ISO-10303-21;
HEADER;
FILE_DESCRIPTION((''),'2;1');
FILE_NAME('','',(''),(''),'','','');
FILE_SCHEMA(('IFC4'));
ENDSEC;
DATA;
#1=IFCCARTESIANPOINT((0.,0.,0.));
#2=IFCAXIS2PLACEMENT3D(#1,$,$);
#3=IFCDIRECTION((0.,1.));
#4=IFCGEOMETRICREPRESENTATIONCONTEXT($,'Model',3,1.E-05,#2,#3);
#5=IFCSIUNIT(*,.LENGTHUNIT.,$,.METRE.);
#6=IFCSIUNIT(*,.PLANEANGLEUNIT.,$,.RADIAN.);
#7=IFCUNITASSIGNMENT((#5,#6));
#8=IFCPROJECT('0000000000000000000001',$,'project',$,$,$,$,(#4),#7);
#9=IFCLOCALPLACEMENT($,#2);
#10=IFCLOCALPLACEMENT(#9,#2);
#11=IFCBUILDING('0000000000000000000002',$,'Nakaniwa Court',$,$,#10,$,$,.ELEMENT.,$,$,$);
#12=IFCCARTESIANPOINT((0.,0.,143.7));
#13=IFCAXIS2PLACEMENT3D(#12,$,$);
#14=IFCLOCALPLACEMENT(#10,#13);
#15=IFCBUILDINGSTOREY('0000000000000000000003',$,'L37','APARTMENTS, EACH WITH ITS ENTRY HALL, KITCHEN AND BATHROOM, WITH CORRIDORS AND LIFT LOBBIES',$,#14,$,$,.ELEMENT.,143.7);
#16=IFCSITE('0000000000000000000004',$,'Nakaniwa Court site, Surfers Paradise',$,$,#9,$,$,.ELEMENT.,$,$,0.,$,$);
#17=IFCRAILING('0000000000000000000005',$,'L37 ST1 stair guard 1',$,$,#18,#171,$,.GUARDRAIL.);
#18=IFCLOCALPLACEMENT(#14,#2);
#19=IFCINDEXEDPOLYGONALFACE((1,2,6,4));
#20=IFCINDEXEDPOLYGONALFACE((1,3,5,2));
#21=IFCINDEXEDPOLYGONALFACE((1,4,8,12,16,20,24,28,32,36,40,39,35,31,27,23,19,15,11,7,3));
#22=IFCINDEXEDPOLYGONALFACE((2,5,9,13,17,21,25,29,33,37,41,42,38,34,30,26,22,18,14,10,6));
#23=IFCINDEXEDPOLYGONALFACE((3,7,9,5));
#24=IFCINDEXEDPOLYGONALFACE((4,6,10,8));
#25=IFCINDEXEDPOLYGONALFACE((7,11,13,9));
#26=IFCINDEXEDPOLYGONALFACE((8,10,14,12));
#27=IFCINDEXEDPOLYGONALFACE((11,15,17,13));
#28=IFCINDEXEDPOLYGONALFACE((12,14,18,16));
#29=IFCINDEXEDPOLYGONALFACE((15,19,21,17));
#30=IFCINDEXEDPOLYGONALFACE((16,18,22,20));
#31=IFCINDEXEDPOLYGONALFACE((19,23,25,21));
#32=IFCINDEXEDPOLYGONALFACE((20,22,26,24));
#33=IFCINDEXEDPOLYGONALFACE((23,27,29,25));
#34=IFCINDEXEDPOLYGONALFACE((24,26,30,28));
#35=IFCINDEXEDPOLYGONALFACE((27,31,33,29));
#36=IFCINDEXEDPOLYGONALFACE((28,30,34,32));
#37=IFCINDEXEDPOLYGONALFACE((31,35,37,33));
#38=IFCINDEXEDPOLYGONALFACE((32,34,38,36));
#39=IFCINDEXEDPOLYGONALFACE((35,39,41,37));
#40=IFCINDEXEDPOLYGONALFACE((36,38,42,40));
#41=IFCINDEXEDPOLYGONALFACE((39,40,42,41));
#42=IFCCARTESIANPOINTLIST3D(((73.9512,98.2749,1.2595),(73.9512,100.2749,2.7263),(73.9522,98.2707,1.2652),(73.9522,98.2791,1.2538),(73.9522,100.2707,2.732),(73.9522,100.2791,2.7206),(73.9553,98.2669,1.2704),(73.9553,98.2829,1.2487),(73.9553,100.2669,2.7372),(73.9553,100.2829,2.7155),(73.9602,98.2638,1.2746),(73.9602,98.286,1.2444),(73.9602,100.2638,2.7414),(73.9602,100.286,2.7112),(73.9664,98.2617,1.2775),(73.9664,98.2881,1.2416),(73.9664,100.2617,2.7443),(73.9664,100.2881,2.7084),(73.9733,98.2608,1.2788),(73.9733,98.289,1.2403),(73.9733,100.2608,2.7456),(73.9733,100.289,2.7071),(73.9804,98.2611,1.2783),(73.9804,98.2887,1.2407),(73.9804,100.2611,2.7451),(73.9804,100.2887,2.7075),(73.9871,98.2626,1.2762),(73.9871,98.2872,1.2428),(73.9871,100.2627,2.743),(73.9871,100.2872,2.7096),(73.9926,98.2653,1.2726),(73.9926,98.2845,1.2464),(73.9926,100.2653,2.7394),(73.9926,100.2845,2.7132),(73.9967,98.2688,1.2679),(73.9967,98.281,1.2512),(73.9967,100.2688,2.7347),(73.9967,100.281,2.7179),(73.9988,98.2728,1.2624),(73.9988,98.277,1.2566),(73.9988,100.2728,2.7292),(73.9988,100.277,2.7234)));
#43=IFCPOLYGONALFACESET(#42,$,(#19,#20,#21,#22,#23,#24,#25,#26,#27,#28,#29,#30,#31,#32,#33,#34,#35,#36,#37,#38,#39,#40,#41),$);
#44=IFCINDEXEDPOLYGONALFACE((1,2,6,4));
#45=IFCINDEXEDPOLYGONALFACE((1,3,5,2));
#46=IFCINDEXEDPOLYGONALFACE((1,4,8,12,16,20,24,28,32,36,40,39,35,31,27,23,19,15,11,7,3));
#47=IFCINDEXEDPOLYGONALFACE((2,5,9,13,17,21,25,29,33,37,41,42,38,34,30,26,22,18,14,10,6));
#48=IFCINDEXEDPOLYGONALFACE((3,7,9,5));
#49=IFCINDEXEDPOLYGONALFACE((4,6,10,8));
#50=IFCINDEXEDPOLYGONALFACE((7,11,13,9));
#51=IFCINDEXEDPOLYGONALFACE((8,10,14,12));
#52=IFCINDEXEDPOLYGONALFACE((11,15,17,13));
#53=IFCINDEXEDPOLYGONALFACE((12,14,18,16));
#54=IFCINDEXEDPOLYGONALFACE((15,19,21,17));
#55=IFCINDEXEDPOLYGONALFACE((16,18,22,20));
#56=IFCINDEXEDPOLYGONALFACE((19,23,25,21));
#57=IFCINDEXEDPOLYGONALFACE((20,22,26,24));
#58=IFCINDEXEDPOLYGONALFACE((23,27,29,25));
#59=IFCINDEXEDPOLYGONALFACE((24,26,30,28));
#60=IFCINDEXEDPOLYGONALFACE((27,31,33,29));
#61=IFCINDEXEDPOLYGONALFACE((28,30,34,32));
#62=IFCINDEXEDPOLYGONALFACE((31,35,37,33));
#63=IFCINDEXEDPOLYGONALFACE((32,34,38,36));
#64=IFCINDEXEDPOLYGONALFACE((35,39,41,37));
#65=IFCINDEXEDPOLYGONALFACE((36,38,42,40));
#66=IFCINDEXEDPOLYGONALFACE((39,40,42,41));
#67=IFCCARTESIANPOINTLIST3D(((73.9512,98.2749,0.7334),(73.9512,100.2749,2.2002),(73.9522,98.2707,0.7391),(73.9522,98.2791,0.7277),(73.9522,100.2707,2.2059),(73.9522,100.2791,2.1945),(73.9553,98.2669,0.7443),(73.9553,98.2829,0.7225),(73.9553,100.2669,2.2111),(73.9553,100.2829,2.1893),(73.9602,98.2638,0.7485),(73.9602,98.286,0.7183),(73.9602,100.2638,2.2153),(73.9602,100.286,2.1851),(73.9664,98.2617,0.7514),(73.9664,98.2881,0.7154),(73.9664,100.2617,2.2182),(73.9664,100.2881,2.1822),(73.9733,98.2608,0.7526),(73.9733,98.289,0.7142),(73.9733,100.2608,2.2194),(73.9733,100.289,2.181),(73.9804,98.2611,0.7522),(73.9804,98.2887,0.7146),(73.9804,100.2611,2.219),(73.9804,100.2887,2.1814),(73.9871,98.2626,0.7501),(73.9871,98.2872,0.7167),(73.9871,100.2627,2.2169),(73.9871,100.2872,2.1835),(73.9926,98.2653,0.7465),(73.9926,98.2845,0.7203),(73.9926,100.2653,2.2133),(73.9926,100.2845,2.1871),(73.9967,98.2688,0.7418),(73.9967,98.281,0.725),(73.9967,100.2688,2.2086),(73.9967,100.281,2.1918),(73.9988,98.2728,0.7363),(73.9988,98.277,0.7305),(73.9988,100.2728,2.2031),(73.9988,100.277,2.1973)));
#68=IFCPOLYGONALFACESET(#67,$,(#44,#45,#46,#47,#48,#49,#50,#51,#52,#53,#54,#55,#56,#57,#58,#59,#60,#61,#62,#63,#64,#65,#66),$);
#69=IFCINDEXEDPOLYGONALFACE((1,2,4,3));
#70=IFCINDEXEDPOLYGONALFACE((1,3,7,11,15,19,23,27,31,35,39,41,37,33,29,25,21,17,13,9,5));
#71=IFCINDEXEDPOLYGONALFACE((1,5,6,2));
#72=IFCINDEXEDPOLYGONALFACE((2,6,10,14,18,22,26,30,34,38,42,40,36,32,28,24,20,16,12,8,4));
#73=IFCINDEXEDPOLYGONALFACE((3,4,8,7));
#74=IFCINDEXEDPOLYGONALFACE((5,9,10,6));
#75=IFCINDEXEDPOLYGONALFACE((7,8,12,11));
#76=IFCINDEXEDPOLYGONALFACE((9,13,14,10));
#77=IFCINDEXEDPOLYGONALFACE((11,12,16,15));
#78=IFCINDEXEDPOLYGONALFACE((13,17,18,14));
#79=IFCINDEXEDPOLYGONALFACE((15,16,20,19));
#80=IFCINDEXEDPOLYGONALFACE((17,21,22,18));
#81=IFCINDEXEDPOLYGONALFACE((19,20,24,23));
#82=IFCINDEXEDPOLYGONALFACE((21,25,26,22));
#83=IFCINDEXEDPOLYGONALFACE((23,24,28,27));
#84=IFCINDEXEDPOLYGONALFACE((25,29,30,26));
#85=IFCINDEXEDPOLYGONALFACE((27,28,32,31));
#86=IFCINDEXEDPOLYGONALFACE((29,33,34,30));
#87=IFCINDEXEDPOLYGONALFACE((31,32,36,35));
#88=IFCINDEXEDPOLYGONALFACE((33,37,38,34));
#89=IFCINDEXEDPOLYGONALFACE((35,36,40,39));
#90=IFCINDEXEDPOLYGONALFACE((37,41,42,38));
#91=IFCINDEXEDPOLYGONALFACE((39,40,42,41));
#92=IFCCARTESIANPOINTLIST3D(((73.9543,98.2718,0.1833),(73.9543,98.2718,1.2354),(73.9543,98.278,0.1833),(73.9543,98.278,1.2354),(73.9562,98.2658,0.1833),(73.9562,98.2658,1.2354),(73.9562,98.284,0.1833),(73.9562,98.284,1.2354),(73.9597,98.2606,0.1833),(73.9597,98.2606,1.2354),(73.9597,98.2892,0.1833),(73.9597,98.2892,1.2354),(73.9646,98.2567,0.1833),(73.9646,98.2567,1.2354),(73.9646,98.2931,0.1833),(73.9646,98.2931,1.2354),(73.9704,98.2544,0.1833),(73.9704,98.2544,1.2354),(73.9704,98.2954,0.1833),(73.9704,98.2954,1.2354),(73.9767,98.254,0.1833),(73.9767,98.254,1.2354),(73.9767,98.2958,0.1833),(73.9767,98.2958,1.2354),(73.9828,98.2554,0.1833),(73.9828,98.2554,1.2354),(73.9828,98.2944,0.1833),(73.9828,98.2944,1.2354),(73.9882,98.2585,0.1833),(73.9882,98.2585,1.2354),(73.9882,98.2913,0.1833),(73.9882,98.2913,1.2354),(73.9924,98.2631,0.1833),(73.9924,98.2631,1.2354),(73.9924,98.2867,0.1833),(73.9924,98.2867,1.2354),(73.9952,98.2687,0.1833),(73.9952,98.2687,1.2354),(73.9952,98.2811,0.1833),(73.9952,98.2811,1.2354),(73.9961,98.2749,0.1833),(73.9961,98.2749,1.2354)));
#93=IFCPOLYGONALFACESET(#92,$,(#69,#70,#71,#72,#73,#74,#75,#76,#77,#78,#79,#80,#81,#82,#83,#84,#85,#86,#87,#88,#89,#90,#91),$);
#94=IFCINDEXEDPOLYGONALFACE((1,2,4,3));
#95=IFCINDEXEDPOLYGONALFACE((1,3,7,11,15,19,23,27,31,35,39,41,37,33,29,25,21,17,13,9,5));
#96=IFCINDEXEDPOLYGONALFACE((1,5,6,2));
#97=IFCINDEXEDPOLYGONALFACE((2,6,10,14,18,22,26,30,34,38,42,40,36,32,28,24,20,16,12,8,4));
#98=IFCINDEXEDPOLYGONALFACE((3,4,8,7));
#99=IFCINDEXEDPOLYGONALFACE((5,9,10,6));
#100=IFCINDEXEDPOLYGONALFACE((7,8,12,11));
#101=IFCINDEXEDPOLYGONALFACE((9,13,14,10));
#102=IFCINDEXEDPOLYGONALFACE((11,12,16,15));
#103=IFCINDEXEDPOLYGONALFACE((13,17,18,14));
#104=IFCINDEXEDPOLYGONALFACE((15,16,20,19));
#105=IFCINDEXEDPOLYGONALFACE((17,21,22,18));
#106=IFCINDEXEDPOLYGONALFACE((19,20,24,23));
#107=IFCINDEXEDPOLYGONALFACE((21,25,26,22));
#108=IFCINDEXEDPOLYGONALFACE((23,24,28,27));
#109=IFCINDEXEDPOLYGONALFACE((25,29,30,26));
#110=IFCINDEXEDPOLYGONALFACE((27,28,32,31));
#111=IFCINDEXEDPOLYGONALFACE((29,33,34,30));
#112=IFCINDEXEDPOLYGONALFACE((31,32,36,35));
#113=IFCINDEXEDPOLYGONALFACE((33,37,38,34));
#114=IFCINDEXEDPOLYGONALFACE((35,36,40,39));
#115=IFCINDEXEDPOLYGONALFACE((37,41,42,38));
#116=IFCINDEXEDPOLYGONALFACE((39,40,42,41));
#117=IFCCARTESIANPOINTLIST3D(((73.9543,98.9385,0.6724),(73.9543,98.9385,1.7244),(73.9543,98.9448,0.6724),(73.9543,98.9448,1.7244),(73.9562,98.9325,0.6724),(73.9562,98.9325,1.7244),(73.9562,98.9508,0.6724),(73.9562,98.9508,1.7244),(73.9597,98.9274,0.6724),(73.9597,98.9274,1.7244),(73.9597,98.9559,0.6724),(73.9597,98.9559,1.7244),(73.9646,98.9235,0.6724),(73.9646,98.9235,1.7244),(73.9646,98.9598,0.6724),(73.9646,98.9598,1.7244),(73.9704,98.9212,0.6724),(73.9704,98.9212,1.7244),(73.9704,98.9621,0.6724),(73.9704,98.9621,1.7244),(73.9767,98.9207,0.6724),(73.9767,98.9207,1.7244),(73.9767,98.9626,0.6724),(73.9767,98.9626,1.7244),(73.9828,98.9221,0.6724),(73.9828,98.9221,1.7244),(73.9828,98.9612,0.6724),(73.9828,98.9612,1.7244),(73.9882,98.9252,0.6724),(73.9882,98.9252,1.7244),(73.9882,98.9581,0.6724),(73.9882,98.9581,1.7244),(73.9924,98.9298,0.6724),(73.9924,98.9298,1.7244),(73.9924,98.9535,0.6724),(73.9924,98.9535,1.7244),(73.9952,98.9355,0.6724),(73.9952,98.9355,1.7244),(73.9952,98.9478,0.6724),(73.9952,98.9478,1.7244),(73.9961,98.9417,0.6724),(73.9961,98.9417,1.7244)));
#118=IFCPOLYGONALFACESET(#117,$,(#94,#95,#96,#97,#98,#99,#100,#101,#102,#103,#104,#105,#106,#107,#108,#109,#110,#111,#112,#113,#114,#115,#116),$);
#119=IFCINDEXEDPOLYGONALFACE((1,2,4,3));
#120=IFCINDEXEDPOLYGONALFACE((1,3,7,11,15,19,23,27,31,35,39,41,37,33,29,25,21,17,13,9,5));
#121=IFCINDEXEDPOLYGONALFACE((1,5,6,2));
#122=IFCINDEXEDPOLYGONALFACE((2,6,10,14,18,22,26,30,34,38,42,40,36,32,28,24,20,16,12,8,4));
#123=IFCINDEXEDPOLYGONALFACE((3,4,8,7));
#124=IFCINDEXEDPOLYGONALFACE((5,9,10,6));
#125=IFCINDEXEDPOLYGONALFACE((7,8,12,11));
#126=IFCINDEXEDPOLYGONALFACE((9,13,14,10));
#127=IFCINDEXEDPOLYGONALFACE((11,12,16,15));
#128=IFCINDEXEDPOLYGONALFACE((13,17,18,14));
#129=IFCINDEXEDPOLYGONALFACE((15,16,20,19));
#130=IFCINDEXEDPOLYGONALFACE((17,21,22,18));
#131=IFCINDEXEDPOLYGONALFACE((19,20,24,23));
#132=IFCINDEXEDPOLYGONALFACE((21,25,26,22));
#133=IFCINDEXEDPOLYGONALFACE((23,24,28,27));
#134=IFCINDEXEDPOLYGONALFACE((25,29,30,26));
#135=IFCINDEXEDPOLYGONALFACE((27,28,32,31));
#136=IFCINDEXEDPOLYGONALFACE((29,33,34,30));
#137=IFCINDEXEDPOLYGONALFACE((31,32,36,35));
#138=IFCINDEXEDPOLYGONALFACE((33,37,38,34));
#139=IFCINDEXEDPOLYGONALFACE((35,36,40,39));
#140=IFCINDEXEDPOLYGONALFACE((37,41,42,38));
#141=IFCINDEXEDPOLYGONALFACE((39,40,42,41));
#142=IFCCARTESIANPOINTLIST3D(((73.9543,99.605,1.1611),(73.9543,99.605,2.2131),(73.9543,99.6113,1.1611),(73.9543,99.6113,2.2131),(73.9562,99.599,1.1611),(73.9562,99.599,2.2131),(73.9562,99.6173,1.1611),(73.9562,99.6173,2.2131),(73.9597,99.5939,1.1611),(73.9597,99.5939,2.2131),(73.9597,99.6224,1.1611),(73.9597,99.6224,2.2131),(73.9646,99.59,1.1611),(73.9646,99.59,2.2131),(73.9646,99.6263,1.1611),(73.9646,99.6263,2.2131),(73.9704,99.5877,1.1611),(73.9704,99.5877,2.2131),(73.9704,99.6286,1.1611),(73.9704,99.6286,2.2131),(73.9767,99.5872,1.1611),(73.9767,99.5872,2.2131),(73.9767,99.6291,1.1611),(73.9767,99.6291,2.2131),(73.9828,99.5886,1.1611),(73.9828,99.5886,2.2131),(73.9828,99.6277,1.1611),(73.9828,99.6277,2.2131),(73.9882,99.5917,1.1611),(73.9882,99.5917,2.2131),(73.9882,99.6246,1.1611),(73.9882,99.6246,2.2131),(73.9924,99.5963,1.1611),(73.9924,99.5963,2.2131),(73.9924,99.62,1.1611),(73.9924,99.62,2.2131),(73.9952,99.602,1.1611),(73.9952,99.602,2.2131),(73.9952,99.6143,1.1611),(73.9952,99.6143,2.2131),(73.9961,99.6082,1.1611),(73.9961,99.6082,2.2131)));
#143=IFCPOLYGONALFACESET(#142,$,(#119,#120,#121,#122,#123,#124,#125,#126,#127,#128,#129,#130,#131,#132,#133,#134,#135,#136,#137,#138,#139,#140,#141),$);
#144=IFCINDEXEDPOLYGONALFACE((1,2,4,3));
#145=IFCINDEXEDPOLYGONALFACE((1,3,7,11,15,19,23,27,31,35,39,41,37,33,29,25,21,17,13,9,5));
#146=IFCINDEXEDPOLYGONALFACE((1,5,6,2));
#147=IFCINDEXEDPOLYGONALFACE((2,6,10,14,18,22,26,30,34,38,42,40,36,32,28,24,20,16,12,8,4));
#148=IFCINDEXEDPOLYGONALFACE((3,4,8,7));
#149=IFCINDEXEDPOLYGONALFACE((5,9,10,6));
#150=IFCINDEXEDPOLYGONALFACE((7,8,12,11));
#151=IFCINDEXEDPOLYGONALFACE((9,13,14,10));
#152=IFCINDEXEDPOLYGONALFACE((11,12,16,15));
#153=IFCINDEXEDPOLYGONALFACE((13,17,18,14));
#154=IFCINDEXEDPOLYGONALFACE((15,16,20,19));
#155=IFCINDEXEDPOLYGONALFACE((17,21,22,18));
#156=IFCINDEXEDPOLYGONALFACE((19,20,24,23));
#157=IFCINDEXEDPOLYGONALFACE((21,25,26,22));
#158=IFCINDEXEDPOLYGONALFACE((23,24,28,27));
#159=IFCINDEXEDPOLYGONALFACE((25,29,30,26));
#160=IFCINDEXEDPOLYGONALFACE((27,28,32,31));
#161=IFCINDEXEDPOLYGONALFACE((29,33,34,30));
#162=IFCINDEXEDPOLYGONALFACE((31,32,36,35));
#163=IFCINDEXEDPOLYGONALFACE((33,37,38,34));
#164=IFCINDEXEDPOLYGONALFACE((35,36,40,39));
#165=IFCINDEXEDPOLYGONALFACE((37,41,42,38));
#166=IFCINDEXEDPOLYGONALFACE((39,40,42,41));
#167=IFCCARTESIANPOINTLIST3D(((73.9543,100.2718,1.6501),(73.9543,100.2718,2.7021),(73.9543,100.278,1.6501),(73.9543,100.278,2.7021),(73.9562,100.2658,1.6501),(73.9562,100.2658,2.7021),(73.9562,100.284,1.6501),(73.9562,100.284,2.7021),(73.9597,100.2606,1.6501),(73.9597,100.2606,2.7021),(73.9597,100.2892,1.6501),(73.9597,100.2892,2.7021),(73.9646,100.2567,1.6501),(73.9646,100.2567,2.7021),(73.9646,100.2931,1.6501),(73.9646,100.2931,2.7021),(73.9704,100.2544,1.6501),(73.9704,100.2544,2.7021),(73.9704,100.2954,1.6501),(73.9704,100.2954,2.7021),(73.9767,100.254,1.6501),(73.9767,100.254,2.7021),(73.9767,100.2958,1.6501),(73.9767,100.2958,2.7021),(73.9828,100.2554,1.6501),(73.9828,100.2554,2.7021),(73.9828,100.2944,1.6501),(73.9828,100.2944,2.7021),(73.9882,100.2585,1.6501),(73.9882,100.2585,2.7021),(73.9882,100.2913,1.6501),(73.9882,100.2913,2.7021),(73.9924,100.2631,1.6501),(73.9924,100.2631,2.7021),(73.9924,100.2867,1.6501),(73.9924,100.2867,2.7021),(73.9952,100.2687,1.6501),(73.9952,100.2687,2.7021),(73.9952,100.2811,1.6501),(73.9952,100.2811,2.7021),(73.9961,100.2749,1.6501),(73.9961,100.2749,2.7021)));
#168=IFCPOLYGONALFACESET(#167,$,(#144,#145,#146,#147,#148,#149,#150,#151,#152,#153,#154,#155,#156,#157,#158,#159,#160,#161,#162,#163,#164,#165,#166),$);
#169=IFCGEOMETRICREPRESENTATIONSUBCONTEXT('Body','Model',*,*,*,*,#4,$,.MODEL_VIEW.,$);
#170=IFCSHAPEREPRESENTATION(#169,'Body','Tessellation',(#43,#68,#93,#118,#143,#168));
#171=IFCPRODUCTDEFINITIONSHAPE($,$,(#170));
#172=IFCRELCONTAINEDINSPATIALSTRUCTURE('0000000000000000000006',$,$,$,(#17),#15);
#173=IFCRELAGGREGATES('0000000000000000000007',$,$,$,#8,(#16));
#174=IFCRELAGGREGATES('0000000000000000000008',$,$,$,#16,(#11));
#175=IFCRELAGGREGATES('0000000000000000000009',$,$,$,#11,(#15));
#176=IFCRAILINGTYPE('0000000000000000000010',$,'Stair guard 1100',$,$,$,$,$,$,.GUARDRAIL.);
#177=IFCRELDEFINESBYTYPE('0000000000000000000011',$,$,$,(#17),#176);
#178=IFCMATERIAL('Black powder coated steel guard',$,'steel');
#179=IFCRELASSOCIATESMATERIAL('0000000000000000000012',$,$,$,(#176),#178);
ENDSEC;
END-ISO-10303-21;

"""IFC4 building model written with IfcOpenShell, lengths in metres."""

from ifc_helpers import new_model, si_unit, direction, frame, origin, origin_2d, place, context, subcontext, project, spatial, circle, extrude, material, type_object, element, save


model = new_model("IFC4")

# Units and contexts
model_context = context("Model", 3, precision=1e-05, world=origin(), true_north=direction((0.0, 1.0)))
body_context = subcontext(model_context, "Body", "Model", "MODEL_VIEW")
ifc_project = project(units=[si_unit("LENGTHUNIT", "METRE"), si_unit("PLANEANGLEUNIT", "RADIAN")], contexts=[model_context])

# Site, building, storey
site_placement = place(None, origin())
site = spatial("IfcSite", under=ifc_project, at=site_placement, Name="Nakaniwa Court site, Surfers Paradise", CompositionType="ELEMENT", RefElevation=0.0)
building_placement = place(site_placement, origin())
building = spatial("IfcBuilding", under=site, at=building_placement, Name="Nakaniwa Court", CompositionType="ELEMENT")
storey_placement = place(building_placement, frame((0.0, 0.0, 143.7)))
storey = spatial("IfcBuildingStorey", under=building, at=storey_placement, Name="L37", Description="APARTMENTS, EACH WITH ITS ENTRY HALL, KITCHEN AND BATHROOM, WITH CORRIDORS AND LIFT LOBBIES", CompositionType="ELEMENT", Elevation=143.7)

# Railing
ifc_material_1 = material(Name="Black powder coated steel guard", Category="steel")
railing_type_1 = type_object("IfcRailingType", Name="Stair guard 1100", PredefinedType="GUARDRAIL", material=ifc_material_1)
railing_1_placement = place(storey_placement, frame((73.9751, 98.2749, 0.1833)))
element("IfcRailing", 1, at=railing_1_placement, inside=storey, type_object=railing_type_1, Name="L37 ST1 stair guard 1", PredefinedType="GUARDRAIL", context=body_context, shape_type="SweptSolid", body=[
    extrude(circle(Radius=0.0239, at=origin_2d()), frame((0.0, 0.0, 1.0762), z_axis=(0.0, 0.80638, 0.591398), x_axis=(-1.0, 0.0, 0.0)), (0.0, 0.0, 1.0), 2.4802),
    extrude(circle(Radius=0.0239, at=origin_2d()), frame((0.0, 0.0, 0.55), z_axis=(0.0, 0.80638, 0.591398), x_axis=(-1.0, 0.0, 0.0)), (0.0, 0.0, 1.0), 2.4802),
    extrude(circle(Radius=0.021, at=origin_2d()), origin(), (0.0, 0.0, 1.0), 1.052),
    extrude(circle(Radius=0.021, at=origin_2d()), frame((0.0, 0.6667, 0.489)), (0.0, 0.0, 1.0), 1.052),
    extrude(circle(Radius=0.021, at=origin_2d()), frame((0.0, 1.3333, 0.9778)), (0.0, 0.0, 1.0), 1.052),
    extrude(circle(Radius=0.021, at=origin_2d()), frame((0.0, 2.0, 1.4668)), (0.0, 0.0, 1.0), 1.052),
])

save(model, "model.ifc")
